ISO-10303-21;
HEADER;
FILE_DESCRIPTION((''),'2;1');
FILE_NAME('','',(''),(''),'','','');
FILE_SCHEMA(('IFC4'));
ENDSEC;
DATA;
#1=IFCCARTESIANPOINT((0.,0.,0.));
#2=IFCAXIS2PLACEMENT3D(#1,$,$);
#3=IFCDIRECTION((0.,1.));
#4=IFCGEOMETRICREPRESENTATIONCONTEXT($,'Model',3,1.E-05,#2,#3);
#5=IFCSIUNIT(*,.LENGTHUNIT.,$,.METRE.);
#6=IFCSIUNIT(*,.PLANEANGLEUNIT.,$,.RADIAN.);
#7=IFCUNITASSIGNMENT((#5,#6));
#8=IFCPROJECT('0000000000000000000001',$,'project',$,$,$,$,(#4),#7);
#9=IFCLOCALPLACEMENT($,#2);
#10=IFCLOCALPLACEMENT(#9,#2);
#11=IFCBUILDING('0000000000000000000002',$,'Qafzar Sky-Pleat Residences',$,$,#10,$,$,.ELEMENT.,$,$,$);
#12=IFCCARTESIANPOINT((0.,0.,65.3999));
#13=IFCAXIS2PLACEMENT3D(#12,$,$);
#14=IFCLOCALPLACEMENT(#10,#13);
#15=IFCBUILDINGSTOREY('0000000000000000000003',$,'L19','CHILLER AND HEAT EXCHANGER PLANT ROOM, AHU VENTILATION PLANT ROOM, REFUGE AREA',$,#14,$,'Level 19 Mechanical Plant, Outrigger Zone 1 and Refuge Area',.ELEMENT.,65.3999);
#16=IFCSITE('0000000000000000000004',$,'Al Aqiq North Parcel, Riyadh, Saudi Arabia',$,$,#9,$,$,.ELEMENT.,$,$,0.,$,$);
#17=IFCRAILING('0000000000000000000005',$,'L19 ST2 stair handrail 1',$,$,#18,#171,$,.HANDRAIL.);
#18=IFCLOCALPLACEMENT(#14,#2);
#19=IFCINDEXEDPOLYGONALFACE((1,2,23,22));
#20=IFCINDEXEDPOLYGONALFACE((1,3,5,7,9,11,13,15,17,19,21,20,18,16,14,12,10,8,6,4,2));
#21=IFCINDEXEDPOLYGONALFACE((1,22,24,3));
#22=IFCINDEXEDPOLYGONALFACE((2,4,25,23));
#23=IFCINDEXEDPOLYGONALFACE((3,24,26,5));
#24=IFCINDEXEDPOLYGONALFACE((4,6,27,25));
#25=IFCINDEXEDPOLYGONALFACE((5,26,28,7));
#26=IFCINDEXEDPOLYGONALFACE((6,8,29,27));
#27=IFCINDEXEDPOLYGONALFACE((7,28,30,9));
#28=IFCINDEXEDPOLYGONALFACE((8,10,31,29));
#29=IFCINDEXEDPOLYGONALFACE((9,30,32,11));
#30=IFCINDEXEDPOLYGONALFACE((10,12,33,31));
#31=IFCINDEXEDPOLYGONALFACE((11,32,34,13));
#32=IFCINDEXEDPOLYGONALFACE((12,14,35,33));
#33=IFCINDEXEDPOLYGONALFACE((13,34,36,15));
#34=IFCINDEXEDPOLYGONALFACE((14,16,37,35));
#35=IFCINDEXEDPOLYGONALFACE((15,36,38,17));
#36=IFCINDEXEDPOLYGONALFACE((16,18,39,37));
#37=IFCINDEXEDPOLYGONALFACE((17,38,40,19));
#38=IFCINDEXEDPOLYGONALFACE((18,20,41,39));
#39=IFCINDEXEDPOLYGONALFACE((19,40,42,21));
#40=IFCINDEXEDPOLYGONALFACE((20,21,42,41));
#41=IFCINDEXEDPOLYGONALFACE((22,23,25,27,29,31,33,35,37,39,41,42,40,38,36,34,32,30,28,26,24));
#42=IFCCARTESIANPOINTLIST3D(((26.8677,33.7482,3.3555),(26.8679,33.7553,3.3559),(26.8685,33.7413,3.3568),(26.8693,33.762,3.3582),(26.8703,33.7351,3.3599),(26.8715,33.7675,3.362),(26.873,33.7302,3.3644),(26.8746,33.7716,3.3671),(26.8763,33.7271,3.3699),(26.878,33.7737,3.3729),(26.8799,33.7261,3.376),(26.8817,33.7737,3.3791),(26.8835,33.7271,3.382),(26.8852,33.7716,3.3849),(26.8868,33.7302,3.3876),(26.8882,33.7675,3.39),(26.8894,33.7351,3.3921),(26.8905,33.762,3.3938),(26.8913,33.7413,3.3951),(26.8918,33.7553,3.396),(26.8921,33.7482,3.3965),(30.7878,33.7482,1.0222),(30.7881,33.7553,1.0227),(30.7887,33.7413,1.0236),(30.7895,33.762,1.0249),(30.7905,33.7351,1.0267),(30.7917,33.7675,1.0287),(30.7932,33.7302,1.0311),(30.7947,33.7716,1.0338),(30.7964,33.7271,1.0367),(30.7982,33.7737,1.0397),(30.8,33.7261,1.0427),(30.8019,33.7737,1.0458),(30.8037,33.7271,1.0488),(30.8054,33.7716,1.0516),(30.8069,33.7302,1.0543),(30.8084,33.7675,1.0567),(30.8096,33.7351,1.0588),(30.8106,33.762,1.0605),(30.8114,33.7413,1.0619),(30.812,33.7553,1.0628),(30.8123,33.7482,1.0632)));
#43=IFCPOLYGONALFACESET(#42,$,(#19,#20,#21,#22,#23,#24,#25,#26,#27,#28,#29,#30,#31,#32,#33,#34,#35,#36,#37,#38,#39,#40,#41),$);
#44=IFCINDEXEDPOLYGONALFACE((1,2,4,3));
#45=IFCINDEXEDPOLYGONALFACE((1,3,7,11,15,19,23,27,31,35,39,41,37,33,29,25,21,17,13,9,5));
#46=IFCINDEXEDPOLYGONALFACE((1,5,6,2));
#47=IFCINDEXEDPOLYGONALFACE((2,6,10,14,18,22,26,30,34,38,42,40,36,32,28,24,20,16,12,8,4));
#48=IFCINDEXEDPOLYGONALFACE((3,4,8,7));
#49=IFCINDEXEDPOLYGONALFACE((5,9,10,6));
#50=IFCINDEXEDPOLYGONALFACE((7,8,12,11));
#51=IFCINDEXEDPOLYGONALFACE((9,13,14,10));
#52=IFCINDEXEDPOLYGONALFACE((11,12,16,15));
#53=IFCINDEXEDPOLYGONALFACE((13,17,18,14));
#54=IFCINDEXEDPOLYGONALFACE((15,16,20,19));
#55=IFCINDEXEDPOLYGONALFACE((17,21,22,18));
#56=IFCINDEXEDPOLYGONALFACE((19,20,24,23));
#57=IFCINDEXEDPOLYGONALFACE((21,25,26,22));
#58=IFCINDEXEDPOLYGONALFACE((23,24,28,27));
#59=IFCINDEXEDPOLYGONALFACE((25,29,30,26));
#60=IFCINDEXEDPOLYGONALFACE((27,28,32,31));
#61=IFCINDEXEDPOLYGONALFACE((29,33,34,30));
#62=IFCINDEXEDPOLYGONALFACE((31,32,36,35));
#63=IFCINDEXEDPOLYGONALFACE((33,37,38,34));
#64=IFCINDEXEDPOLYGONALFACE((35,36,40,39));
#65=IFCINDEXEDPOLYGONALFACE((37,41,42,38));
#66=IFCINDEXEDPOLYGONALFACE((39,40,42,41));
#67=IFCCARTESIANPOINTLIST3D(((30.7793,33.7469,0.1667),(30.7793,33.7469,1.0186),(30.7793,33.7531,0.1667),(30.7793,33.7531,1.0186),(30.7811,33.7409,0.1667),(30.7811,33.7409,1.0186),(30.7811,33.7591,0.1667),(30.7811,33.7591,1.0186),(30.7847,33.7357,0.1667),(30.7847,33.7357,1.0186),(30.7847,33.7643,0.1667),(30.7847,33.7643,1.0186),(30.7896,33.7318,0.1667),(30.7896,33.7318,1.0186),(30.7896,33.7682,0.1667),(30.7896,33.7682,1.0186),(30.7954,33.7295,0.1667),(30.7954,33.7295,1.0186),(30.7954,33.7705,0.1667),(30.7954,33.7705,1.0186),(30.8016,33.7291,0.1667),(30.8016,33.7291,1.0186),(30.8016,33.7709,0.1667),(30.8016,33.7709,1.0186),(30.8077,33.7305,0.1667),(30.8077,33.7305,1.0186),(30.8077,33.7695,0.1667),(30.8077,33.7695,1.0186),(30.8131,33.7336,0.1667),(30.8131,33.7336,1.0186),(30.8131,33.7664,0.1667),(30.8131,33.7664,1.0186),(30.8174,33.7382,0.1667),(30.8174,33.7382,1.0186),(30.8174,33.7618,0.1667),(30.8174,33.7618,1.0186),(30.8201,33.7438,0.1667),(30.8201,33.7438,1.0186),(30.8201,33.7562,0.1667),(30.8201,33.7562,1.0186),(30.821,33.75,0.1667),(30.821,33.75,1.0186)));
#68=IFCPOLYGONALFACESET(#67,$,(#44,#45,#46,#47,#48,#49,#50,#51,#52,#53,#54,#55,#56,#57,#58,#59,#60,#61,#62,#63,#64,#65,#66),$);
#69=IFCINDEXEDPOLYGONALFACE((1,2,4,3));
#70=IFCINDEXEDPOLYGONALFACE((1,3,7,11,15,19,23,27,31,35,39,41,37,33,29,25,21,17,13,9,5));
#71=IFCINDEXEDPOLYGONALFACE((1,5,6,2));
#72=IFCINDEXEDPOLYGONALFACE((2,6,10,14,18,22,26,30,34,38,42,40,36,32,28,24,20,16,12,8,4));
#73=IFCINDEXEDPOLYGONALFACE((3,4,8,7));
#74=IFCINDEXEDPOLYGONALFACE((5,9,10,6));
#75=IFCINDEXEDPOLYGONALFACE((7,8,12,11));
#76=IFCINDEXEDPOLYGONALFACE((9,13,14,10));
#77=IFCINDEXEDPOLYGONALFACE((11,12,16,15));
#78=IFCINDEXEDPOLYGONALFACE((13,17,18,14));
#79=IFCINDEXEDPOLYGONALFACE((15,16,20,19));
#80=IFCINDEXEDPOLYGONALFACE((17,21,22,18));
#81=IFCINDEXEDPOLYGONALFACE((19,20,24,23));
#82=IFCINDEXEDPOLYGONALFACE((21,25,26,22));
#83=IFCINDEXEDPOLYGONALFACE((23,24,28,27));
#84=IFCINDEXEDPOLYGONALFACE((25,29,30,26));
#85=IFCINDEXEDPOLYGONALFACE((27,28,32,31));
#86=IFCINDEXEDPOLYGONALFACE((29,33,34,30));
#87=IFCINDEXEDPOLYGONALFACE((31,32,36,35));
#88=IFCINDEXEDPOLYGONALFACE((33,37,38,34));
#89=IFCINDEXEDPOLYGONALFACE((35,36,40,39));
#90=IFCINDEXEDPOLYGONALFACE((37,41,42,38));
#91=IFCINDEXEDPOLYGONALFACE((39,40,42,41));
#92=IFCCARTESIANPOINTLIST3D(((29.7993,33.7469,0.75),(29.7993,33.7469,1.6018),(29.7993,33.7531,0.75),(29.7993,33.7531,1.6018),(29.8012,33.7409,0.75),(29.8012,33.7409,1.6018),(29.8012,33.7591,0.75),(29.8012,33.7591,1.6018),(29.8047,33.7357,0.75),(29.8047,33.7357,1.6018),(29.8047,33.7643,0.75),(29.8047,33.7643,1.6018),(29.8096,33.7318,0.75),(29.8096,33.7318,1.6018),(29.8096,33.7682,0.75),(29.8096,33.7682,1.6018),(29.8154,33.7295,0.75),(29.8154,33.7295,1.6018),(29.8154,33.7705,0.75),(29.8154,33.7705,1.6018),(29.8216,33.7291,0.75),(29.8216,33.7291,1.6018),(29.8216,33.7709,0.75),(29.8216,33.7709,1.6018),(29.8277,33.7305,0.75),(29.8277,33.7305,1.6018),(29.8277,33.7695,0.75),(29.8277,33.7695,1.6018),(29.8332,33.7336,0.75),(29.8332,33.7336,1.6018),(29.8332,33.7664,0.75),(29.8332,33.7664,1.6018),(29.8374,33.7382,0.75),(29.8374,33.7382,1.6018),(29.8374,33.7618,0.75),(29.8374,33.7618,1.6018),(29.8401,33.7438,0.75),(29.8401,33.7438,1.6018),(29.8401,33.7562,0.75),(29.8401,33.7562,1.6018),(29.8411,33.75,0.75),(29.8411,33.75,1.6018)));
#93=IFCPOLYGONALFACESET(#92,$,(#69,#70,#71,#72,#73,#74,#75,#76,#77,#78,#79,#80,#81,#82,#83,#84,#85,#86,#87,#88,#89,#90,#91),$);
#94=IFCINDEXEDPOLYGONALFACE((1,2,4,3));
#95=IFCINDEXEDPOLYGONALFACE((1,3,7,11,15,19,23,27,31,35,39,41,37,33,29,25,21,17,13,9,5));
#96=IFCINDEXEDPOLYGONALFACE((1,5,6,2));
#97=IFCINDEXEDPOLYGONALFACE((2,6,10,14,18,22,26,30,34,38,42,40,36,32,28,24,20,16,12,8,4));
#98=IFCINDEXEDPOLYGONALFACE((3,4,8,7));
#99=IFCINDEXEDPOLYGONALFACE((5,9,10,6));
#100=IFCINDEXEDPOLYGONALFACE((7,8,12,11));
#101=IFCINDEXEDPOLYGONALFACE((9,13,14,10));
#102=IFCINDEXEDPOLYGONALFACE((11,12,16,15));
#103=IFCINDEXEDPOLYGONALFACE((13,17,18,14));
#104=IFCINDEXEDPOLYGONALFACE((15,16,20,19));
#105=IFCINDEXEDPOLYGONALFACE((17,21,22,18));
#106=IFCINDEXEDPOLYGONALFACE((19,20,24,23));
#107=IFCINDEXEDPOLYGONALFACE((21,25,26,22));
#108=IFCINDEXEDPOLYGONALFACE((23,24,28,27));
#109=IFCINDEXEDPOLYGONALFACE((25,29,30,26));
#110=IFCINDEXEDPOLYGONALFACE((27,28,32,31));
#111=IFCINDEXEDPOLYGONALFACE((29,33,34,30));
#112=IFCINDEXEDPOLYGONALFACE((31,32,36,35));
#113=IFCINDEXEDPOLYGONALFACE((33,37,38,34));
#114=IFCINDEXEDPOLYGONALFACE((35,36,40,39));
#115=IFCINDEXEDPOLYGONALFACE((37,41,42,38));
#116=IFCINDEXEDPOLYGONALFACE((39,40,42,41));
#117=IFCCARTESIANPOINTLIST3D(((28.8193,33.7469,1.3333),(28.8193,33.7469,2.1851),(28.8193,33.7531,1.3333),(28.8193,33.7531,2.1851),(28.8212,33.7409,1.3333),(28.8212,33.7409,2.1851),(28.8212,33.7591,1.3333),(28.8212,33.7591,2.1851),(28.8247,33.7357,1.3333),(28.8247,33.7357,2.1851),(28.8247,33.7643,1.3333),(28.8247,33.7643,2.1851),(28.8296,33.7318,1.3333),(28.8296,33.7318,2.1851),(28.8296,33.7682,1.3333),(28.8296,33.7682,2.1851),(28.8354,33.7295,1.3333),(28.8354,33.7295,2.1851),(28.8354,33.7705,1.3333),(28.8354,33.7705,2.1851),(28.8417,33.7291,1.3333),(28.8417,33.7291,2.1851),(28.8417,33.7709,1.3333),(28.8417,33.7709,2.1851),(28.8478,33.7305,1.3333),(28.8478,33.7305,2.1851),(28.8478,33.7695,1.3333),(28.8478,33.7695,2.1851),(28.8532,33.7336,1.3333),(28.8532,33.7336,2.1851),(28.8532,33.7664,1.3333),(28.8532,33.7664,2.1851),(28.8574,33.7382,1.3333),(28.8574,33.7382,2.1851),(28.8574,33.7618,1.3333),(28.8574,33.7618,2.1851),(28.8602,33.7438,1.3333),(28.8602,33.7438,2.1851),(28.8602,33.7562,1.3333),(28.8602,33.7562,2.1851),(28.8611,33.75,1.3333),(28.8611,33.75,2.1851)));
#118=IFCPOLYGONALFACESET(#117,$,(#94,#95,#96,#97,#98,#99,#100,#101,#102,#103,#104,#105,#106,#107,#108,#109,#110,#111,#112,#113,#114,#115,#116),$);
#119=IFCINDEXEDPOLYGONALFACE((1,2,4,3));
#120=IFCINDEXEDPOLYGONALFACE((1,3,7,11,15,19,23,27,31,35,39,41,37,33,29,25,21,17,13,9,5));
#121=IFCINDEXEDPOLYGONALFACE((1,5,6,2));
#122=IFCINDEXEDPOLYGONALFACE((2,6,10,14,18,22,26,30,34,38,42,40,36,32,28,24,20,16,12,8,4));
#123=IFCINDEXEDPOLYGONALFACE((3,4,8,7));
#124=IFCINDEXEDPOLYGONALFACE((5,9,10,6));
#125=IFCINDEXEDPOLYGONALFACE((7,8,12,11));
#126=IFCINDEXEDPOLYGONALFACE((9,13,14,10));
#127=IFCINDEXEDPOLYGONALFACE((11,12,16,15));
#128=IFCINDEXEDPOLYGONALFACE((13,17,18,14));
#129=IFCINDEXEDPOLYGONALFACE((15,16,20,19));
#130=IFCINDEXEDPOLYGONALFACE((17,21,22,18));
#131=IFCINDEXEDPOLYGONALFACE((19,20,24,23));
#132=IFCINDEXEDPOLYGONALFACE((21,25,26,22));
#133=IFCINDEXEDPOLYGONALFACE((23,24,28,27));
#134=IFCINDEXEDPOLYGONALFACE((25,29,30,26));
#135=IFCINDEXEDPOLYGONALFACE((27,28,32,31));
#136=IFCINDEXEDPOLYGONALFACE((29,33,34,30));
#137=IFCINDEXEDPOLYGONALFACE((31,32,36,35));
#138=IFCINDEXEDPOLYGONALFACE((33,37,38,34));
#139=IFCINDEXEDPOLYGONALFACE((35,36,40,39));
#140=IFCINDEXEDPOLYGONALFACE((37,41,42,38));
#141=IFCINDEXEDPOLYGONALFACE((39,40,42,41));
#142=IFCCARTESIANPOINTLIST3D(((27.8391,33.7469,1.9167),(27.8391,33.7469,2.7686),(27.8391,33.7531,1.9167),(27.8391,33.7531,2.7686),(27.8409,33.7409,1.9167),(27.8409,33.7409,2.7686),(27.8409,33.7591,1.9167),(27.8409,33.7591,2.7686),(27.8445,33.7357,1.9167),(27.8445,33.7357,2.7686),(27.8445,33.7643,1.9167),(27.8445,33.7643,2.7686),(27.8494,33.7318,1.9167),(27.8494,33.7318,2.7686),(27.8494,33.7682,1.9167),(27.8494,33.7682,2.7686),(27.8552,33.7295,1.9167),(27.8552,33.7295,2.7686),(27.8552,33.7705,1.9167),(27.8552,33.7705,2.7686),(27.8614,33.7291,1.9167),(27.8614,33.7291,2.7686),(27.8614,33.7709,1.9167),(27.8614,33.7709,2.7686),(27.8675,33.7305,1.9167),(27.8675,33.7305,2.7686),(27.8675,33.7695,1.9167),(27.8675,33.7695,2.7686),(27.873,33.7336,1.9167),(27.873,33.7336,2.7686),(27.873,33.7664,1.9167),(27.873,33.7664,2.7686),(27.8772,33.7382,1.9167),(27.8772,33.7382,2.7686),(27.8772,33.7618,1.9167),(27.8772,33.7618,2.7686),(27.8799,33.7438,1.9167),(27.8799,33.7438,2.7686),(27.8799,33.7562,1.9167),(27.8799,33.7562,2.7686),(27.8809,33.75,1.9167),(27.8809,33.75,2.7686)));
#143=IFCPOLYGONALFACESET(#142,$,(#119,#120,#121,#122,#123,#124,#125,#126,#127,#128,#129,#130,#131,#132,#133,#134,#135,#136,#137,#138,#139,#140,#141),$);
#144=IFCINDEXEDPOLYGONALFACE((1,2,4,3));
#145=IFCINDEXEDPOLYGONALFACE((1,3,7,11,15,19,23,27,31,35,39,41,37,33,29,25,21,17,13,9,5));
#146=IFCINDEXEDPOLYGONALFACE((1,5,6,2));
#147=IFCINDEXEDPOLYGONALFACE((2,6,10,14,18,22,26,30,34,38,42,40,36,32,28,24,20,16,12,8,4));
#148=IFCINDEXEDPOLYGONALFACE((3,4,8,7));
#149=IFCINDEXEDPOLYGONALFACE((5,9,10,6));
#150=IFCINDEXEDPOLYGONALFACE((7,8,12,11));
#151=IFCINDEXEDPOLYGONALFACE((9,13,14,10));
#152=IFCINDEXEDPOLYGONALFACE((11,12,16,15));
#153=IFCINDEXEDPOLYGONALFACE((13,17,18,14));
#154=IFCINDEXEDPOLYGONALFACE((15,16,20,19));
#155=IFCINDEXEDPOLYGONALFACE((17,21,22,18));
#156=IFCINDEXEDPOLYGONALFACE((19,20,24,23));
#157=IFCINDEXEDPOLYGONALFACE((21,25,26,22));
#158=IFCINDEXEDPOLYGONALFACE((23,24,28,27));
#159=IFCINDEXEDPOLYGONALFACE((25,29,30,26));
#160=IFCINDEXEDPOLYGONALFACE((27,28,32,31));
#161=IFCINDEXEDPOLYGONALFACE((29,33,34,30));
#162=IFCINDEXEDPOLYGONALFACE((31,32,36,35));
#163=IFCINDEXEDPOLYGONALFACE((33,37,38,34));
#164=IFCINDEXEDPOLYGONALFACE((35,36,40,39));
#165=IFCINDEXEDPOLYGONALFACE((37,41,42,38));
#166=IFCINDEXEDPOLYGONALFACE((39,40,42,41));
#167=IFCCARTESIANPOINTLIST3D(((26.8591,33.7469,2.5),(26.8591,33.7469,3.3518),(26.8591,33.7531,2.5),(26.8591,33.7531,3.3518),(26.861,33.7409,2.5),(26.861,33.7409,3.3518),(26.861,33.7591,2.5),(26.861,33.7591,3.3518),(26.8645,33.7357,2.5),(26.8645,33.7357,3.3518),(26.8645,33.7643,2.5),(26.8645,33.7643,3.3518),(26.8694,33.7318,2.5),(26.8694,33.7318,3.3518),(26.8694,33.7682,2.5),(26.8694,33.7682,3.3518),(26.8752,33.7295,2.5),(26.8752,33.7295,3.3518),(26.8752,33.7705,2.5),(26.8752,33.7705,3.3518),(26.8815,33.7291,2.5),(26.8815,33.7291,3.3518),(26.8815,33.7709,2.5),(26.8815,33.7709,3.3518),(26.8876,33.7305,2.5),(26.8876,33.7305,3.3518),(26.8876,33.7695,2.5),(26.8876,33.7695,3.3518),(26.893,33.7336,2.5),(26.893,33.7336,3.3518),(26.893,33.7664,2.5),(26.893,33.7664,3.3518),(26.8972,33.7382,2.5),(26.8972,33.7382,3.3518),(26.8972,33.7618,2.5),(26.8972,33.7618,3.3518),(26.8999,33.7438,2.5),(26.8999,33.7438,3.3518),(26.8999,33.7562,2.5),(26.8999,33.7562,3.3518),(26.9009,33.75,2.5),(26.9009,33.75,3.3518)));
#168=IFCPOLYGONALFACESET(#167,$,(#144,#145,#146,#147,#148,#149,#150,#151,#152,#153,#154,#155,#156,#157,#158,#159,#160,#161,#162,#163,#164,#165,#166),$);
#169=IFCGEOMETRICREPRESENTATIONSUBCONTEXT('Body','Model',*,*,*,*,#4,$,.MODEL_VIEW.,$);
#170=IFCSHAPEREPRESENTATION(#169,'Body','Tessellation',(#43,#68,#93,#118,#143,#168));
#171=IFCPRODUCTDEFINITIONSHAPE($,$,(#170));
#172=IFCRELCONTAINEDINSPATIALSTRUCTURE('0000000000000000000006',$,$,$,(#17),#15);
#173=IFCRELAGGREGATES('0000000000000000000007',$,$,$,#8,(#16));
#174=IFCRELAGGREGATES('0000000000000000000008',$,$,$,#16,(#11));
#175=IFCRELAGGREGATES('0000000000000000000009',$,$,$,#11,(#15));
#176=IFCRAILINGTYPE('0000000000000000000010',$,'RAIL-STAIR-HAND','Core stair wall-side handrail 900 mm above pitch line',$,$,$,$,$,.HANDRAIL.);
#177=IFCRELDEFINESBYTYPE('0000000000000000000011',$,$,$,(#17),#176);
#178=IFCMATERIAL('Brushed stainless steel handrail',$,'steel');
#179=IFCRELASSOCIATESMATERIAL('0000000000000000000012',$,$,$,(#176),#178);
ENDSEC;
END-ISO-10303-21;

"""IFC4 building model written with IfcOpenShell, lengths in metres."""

from ifc_helpers import new_model, si_unit, direction, frame, origin, origin_2d, place, context, subcontext, project, spatial, circle, extrude, source, transform, mapped, material, type_object, element, save


model = new_model("IFC4")

# Units and contexts
model_context = context("Model", 3, precision=1e-05, world=origin(), true_north=direction((0.0, 1.0)))
body_context = subcontext(model_context, "Body", "Model", "MODEL_VIEW")
ifc_project = project(units=[si_unit("LENGTHUNIT", "METRE"), si_unit("PLANEANGLEUNIT", "RADIAN")], contexts=[model_context])

# Site, building, storey
site_placement = place(None, origin())
site = spatial("IfcSite", under=ifc_project, at=site_placement, Name="Al Aqiq North Parcel, Riyadh, Saudi Arabia", CompositionType="ELEMENT", RefElevation=0.0)
building_placement = place(site_placement, origin())
building = spatial("IfcBuilding", under=site, at=building_placement, Name="Qafzar Sky-Pleat Residences", CompositionType="ELEMENT")
storey_placement = place(building_placement, frame((0.0, 0.0, 65.3999)))
storey = spatial("IfcBuildingStorey", under=building, at=storey_placement, Name="L19", Description="CHILLER AND HEAT EXCHANGER PLANT ROOM, AHU VENTILATION PLANT ROOM, REFUGE AREA", LongName="Level 19 Mechanical Plant, Outrigger Zone 1 and Refuge Area", CompositionType="ELEMENT", Elevation=65.3999)

# Railing
ifc_material_1 = material(Name="Brushed stainless steel handrail", Category="steel")
railing_type_1 = type_object("IfcRailingType", Name="RAIL-STAIR-HAND", Description="Core stair wall-side handrail 900 mm above pitch line", PredefinedType="HANDRAIL", material=ifc_material_1)
shared_shape_1 = source(origin(), body_context, "Body", "SweptSolid", [
    extrude(circle(Radius=0.0239, at=origin_2d()), frame((0.0, 0.0, 0.876), z_axis=(-0.85931, 0.0, 0.511455), x_axis=(0.0, -1.0, 0.0)), (0.0, 0.0, 1.0), 4.562),
    extrude(circle(Radius=0.021, at=origin_2d()), origin(), (0.0, 0.0, 1.0), 0.8518),
    extrude(circle(Radius=0.021, at=origin_2d()), frame((-0.98, 0.0, 0.5833)), (0.0, 0.0, 1.0), 0.8518),
    extrude(circle(Radius=0.021, at=origin_2d()), frame((-1.96, 0.0, 1.1665)), (0.0, 0.0, 1.0), 0.8518),
    extrude(circle(Radius=0.021, at=origin_2d()), frame((-2.9402, 0.0, 1.75)), (0.0, 0.0, 1.0), 0.8518),
    extrude(circle(Radius=0.021, at=origin_2d()), frame((-3.9202, 0.0, 2.3333)), (0.0, 0.0, 1.0), 0.8518),
])
railing_1_placement = place(storey_placement, frame((30.8, 33.75, 0.1667)))
element("IfcRailing", 1, at=railing_1_placement, inside=storey, type_object=railing_type_1, Name="L19 ST2 stair handrail 1", PredefinedType="HANDRAIL", context=body_context, shape_type="MappedRepresentation", body=[
    mapped(shared_shape_1, transform((0.0, 0.0, 0.0), x_axis=(1.0, 0.0, 0.0), y_axis=(0.0, 1.0, 0.0), z_axis=(0.0, 0.0, 1.0), scale=1.0)),
])

save(model, "model.ifc")
